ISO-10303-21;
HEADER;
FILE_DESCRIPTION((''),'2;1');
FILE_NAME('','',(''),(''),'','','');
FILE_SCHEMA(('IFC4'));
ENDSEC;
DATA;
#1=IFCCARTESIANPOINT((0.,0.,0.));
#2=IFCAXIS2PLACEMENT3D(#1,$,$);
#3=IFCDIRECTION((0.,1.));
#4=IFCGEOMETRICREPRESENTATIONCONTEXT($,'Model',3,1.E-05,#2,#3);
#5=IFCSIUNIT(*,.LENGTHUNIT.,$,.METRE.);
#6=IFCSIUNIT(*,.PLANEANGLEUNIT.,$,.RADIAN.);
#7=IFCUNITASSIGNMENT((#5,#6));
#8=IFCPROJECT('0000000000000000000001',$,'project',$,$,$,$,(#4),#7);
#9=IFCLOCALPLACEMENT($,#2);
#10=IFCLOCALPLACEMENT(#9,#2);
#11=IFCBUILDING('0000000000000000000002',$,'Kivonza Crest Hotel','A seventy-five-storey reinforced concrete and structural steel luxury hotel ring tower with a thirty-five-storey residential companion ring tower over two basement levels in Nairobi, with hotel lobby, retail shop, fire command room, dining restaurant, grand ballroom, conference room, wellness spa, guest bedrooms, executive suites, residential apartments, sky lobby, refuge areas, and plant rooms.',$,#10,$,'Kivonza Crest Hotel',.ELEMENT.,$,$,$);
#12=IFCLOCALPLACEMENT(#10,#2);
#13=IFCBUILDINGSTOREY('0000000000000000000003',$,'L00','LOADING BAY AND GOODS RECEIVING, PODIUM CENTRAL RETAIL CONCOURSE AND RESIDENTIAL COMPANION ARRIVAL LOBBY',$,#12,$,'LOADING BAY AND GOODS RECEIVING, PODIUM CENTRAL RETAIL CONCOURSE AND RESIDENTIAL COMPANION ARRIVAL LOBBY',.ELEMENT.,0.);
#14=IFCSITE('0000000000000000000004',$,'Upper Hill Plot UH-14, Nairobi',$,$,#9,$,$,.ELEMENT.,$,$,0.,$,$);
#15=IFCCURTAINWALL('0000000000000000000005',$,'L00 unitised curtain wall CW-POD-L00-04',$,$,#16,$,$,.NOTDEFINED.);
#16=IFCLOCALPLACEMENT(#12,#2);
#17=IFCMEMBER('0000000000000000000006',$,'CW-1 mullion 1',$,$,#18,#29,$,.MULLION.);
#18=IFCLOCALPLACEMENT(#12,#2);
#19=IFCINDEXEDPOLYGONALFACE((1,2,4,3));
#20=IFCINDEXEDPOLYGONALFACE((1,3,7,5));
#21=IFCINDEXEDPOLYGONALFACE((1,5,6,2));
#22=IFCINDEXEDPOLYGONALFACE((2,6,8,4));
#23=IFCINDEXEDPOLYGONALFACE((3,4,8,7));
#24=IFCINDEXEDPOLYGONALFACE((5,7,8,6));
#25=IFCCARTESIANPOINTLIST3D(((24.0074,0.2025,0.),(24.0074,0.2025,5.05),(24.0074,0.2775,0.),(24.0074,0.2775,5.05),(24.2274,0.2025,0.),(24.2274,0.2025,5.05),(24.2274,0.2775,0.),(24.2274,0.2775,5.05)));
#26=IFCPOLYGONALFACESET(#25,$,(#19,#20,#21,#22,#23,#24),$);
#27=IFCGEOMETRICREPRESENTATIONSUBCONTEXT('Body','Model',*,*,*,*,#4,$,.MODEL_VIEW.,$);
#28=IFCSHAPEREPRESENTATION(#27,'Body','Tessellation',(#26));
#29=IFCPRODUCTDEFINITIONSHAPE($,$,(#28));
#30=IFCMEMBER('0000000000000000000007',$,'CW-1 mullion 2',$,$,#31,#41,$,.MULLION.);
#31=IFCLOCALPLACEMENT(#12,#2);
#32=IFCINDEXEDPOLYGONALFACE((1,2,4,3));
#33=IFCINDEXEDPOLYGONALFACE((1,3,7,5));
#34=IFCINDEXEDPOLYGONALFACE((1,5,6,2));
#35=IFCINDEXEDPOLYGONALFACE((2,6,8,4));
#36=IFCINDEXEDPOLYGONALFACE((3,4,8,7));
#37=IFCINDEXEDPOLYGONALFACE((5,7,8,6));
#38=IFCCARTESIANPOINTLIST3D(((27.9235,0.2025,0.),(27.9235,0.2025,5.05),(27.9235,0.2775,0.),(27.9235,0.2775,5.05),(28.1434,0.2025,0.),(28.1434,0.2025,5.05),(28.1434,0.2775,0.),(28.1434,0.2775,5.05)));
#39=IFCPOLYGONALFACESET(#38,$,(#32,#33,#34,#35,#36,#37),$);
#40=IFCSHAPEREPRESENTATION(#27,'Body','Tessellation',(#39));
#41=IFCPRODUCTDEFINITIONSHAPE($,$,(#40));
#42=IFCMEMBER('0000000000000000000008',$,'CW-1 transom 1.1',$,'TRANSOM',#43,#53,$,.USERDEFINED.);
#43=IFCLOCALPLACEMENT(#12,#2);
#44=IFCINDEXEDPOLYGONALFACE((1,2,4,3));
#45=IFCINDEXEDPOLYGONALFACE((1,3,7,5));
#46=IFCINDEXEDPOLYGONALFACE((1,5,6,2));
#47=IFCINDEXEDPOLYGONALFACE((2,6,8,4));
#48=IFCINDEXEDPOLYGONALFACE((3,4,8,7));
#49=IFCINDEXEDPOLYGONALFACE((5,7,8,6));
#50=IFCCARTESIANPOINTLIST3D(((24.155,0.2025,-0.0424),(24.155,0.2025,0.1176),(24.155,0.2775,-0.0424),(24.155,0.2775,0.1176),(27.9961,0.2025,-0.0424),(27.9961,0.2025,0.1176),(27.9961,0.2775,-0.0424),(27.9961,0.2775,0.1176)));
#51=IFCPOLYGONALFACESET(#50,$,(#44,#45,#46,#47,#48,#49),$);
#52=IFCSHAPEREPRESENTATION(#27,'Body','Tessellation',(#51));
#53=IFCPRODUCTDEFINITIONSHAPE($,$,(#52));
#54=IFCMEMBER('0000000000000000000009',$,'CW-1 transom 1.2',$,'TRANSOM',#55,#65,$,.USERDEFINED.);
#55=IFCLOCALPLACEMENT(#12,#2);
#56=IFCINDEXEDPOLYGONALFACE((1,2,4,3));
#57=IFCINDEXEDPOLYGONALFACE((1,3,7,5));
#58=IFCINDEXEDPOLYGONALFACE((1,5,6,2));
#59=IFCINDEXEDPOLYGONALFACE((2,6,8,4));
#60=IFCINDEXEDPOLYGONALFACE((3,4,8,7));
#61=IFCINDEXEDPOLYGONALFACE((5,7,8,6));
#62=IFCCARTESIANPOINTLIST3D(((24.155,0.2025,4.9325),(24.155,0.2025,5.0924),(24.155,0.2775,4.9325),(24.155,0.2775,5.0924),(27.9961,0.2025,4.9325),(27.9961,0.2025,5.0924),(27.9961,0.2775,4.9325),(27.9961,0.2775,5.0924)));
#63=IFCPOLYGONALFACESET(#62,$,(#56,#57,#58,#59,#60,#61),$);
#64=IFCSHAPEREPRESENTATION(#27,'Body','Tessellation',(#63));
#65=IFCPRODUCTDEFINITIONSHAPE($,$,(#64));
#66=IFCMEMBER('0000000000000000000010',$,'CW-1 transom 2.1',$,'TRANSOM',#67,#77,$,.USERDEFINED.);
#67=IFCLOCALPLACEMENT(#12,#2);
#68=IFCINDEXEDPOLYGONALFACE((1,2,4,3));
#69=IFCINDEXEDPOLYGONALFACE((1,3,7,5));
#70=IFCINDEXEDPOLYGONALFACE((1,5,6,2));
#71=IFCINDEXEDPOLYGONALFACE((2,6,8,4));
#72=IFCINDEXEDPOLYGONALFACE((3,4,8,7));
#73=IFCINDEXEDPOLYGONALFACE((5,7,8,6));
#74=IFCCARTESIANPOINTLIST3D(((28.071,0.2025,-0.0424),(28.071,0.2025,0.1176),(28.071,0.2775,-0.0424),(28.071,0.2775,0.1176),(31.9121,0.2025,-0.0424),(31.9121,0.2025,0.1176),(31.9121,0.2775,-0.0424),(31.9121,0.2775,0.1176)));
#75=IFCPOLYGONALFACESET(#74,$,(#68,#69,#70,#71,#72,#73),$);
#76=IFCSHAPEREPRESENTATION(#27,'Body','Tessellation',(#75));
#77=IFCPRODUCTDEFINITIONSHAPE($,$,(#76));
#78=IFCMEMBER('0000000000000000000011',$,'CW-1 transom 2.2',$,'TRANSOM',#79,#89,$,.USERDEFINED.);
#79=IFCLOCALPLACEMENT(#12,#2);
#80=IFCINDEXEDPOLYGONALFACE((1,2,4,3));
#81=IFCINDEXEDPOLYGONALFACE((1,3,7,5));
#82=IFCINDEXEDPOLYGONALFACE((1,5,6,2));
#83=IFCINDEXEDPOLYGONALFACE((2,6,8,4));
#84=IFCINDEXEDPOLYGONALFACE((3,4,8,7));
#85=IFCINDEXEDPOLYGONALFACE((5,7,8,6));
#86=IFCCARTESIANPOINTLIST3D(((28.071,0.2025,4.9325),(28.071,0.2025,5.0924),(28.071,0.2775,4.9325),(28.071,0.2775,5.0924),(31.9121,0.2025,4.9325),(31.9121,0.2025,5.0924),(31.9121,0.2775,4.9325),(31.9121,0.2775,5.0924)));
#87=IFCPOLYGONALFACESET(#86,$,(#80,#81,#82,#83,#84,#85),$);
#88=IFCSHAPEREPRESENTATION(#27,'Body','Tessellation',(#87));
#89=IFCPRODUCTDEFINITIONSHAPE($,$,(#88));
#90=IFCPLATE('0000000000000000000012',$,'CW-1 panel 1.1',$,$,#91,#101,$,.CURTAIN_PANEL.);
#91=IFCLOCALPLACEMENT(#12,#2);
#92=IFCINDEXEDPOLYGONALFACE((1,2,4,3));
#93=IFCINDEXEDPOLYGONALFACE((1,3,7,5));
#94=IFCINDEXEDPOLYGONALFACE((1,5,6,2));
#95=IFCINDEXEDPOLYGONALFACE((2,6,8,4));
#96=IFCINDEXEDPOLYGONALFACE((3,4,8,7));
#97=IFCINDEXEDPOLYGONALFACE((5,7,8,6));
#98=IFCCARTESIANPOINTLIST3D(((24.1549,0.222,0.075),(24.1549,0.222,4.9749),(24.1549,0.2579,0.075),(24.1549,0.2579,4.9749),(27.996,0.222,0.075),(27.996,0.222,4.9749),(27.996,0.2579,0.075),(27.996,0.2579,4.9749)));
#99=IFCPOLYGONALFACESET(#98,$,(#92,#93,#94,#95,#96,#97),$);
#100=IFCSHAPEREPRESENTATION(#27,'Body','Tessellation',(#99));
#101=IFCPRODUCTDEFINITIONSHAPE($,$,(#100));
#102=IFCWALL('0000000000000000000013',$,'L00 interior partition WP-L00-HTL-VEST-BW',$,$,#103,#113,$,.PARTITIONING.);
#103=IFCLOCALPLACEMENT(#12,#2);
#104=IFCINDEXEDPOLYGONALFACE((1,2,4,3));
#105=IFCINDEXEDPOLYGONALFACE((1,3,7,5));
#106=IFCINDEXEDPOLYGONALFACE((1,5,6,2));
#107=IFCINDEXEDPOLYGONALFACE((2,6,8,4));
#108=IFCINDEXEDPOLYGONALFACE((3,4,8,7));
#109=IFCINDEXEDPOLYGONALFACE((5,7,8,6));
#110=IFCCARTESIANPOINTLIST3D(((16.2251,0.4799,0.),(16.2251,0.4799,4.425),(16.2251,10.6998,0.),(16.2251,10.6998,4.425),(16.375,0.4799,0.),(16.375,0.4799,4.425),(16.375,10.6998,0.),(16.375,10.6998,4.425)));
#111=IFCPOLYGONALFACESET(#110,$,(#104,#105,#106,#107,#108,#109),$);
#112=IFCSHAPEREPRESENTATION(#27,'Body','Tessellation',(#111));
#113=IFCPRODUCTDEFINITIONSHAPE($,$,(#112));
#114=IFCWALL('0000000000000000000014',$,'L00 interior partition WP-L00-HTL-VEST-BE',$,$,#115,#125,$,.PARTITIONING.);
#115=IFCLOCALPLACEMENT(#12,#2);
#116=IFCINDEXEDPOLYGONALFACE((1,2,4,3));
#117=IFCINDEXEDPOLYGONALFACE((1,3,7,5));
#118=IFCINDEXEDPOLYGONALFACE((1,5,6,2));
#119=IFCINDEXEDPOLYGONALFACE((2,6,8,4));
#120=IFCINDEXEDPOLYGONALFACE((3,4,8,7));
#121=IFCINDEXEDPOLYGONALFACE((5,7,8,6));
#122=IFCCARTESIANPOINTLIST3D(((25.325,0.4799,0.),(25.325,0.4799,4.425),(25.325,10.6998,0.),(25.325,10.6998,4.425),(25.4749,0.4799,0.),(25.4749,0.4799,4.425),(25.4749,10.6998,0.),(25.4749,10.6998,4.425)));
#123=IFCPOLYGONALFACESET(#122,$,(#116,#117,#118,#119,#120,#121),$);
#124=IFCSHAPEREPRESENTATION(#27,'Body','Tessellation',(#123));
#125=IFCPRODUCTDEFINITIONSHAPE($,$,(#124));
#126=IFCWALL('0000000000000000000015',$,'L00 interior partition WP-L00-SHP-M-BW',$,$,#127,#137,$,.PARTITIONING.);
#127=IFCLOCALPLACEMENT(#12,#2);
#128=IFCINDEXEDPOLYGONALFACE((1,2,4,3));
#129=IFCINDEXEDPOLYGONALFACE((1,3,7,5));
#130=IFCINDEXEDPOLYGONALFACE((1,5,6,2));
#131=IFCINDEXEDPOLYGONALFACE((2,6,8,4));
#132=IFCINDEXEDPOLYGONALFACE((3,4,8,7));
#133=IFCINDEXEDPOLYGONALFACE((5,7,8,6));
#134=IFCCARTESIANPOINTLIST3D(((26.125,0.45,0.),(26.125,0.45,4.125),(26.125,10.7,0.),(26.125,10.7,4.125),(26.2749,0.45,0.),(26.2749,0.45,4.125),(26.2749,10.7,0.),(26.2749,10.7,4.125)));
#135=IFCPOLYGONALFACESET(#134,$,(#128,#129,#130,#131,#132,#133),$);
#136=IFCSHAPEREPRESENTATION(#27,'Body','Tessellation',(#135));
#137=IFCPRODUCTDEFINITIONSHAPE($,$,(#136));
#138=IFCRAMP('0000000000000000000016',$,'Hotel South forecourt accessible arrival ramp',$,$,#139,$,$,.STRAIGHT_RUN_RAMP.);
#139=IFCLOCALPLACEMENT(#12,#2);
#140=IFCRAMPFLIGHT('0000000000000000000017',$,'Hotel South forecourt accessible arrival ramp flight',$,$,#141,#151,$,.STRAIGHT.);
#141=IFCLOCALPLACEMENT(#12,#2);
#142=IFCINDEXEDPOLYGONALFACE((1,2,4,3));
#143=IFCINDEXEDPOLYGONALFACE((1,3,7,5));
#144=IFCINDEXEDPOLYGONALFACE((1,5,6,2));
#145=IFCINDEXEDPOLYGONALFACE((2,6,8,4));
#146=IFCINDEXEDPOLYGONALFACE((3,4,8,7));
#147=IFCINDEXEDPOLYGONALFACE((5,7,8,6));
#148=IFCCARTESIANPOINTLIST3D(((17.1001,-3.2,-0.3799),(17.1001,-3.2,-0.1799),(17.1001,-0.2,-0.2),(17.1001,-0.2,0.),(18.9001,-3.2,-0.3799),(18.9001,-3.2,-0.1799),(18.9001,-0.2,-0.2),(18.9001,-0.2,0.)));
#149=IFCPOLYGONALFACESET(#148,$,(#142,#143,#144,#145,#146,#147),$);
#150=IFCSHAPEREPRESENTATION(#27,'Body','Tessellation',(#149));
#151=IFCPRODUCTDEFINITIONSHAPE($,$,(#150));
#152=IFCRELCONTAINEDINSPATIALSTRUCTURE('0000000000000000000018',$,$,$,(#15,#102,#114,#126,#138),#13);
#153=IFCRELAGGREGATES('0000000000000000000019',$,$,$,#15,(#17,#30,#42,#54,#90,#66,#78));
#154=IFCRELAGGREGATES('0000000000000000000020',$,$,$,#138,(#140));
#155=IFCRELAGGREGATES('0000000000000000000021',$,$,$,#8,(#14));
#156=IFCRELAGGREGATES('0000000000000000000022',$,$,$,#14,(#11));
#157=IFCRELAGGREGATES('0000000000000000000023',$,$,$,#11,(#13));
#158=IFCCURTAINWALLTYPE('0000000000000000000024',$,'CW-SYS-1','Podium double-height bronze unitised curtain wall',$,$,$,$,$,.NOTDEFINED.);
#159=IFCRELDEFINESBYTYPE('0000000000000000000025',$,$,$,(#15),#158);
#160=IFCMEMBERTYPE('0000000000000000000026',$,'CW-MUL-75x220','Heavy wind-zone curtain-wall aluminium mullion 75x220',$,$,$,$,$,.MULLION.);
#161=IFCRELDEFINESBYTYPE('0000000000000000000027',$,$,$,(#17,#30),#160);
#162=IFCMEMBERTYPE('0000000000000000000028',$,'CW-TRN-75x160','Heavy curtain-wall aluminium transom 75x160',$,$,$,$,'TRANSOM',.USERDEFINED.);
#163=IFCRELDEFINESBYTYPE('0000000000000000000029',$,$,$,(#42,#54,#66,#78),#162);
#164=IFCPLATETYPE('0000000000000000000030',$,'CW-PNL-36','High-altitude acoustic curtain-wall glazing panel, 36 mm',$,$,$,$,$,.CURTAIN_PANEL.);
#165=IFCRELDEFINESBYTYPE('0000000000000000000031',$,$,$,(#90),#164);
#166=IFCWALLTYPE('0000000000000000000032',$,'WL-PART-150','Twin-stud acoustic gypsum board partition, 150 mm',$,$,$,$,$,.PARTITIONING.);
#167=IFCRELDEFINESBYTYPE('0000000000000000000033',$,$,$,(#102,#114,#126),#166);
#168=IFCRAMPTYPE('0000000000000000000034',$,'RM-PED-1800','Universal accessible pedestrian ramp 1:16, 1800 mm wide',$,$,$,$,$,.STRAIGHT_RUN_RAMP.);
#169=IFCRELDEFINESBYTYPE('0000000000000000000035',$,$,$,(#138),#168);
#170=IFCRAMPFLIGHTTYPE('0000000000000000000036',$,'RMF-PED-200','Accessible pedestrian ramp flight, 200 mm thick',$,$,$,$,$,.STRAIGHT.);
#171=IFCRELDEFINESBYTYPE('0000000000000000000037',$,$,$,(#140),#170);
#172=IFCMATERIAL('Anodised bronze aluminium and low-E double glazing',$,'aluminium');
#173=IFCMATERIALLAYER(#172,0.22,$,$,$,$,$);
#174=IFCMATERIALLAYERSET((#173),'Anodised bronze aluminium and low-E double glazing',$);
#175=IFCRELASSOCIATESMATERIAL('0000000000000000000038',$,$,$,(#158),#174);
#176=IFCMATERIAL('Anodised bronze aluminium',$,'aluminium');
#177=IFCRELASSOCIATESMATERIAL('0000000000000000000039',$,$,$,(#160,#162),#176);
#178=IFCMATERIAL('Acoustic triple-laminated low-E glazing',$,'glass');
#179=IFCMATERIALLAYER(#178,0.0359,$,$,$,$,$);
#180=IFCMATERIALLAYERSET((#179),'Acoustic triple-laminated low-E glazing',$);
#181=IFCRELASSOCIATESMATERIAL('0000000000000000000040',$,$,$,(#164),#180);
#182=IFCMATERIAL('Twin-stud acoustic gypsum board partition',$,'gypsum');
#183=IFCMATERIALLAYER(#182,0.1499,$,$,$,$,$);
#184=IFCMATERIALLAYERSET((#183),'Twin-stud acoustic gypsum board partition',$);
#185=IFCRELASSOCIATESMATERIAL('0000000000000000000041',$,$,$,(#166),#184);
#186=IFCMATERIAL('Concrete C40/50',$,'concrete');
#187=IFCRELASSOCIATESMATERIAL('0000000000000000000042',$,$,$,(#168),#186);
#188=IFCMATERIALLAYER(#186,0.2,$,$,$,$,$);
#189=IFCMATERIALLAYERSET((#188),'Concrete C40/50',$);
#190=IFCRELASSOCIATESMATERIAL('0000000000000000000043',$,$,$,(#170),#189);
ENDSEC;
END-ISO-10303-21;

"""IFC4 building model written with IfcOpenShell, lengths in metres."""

from ifc_helpers import new_model, si_unit, direction, frame, frame_2d, origin, origin_2d, place, context, subcontext, project, spatial, polyline, rectangle, outline, extrude, material, layer, layer_set, material_profile, profile_set, type_object, element, aggregate, save


model = new_model("IFC4")

# Units and contexts
model_context = context("Model", 3, precision=1e-05, world=origin(), true_north=direction((0.0, 1.0)))
body_context = subcontext(model_context, "Body", "Model", "MODEL_VIEW")
ifc_project = project(units=[si_unit("LENGTHUNIT", "METRE"), si_unit("PLANEANGLEUNIT", "RADIAN")], contexts=[model_context])

# Site, building, storey
site_placement = place(None, origin())
site = spatial("IfcSite", under=ifc_project, at=site_placement, Name="Upper Hill Plot UH-14, Nairobi", CompositionType="ELEMENT", RefElevation=0.0)
building_placement = place(site_placement, origin())
building = spatial("IfcBuilding", under=site, at=building_placement, Name="Kivonza Crest Hotel", Description="A seventy-five-storey reinforced concrete and structural steel luxury hotel ring tower with a thirty-five-storey residential companion ring tower over two basement levels in Nairobi, with hotel lobby, retail shop, fire command room, dining restaurant, grand ballroom, conference room, wellness spa, guest bedrooms, executive suites, residential apartments, sky lobby, refuge areas, and plant rooms.", LongName="Kivonza Crest Hotel", CompositionType="ELEMENT")
storey_placement = place(building_placement, origin())
storey = spatial("IfcBuildingStorey", under=building, at=storey_placement, Name="L00", Description="LOADING BAY AND GOODS RECEIVING, PODIUM CENTRAL RETAIL CONCOURSE AND RESIDENTIAL COMPANION ARRIVAL LOBBY", LongName="LOADING BAY AND GOODS RECEIVING, PODIUM CENTRAL RETAIL CONCOURSE AND RESIDENTIAL COMPANION ARRIVAL LOBBY", CompositionType="ELEMENT", Elevation=0.0)

# Shared definitions
ifc_material_1 = material(Name="Concrete C40/50", Category="concrete")

# Curtain wall, members, plate
ifc_material_2 = material(Name="Anodised bronze aluminium and low-E double glazing", Category="aluminium")
ifc_layer_1 = layer(ifc_material_2, 0.22)
ifc_layer_set_1 = layer_set([ifc_layer_1], Name="Anodised bronze aluminium and low-E double glazing")
curtain_wall_type = type_object("IfcCurtainWallType", Name="CW-SYS-1", Description="Podium double-height bronze unitised curtain wall", PredefinedType="NOTDEFINED", material=ifc_layer_set_1)
curtain_wall_placement = place(storey_placement, origin())
curtain_wall = element("IfcCurtainWall", 1, at=curtain_wall_placement, inside=storey, type_object=curtain_wall_type, Name="L00 unitised curtain wall CW-POD-L00-04", PredefinedType="NOTDEFINED")
ifc_material_3 = material(Name="Anodised bronze aluminium", Category="aluminium")
ifc_material_profile_1 = material_profile(ifc_material_3, rectangle(XDim=0.075, YDim=0.22, at=origin_2d()), Name="CW-M 75x220")
ifc_profile_set_1 = profile_set([ifc_material_profile_1], Name="Anodised bronze aluminium")
member_type_1 = type_object("IfcMemberType", Name="CW-MUL-75x220", Description="Heavy wind-zone curtain-wall aluminium mullion 75x220", PredefinedType="MULLION", material=ifc_profile_set_1)
member_1_placement = place(storey_placement, frame((24.1174, 0.24, 0.0), z_axis=(0.0, 0.0, 1.0), x_axis=(0.0, 1.0, 0.0)))
member_1 = element("IfcMember", 2, at=member_1_placement, type_object=member_type_1, Name="CW-1 mullion 1", PredefinedType="MULLION", context=body_context, shape_type="SweptSolid", body=[
    extrude(rectangle(XDim=0.075, YDim=0.22, at=origin_2d()), origin(), (0.0, 0.0, 1.0), 5.05),
])
member_2_placement = place(storey_placement, frame((28.0334, 0.24, 0.0), z_axis=(0.0, 0.0, 1.0), x_axis=(0.0, 1.0, 0.0)))
member_2 = element("IfcMember", 3, at=member_2_placement, type_object=member_type_1, Name="CW-1 mullion 2", PredefinedType="MULLION", context=body_context, shape_type="SweptSolid", body=[
    extrude(rectangle(XDim=0.075, YDim=0.22, at=origin_2d()), origin(), (0.0, 0.0, 1.0), 5.05),
])
ifc_material_profile_2 = material_profile(ifc_material_3, rectangle(XDim=0.075, YDim=0.1599, at=origin_2d()), Name="CW-T 75x160")
ifc_profile_set_2 = profile_set([ifc_material_profile_2], Name="Anodised bronze aluminium")
member_type_2 = type_object("IfcMemberType", Name="CW-TRN-75x160", Description="Heavy curtain-wall aluminium transom 75x160", ElementType="TRANSOM", PredefinedType="USERDEFINED", material=ifc_profile_set_2)
member_3_placement = place(storey_placement, frame((24.155, 0.24, 0.0376), z_axis=(1.0, 0.0, 0.0), x_axis=(0.0, 1.0, 0.0)))
member_3 = element("IfcMember", 4, at=member_3_placement, type_object=member_type_2, Name="CW-1 transom 1.1", ObjectType="TRANSOM", PredefinedType="USERDEFINED", context=body_context, shape_type="SweptSolid", body=[
    extrude(rectangle(XDim=0.075, YDim=0.1599, at=origin_2d()), origin(), (0.0, 0.0, 1.0), 3.8411),
])
member_4_placement = place(storey_placement, frame((24.155, 0.24, 5.0125), z_axis=(1.0, 0.0, 0.0), x_axis=(0.0, 1.0, 0.0)))
member_4 = element("IfcMember", 5, at=member_4_placement, type_object=member_type_2, Name="CW-1 transom 1.2", ObjectType="TRANSOM", PredefinedType="USERDEFINED", context=body_context, shape_type="SweptSolid", body=[
    extrude(rectangle(XDim=0.075, YDim=0.1599, at=origin_2d()), origin(), (0.0, 0.0, 1.0), 3.8411),
])
member_5_placement = place(storey_placement, frame((28.071, 0.24, 0.0376), z_axis=(1.0, 0.0, 0.0), x_axis=(0.0, 1.0, 0.0)))
member_5 = element("IfcMember", 6, at=member_5_placement, type_object=member_type_2, Name="CW-1 transom 2.1", ObjectType="TRANSOM", PredefinedType="USERDEFINED", context=body_context, shape_type="SweptSolid", body=[
    extrude(rectangle(XDim=0.075, YDim=0.1599, at=origin_2d()), origin(), (0.0, 0.0, 1.0), 3.8411),
])
member_6_placement = place(storey_placement, frame((28.071, 0.24, 5.0125), z_axis=(1.0, 0.0, 0.0), x_axis=(0.0, 1.0, 0.0)))
member_6 = element("IfcMember", 7, at=member_6_placement, type_object=member_type_2, Name="CW-1 transom 2.2", ObjectType="TRANSOM", PredefinedType="USERDEFINED", context=body_context, shape_type="SweptSolid", body=[
    extrude(rectangle(XDim=0.075, YDim=0.1599, at=origin_2d()), origin(), (0.0, 0.0, 1.0), 3.8411),
])
ifc_material_4 = material(Name="Acoustic triple-laminated low-E glazing", Category="glass")
ifc_layer_2 = layer(ifc_material_4, 0.0359)
ifc_layer_set_2 = layer_set([ifc_layer_2], Name="Acoustic triple-laminated low-E glazing")
plate_type = type_object("IfcPlateType", Name="CW-PNL-36", Description="High-altitude acoustic curtain-wall glazing panel, 36 mm", PredefinedType="CURTAIN_PANEL", material=ifc_layer_set_2)
plate_placement = place(storey_placement, frame((26.0754, 0.24, 0.075), z_axis=(0.0, 0.0, 1.0), x_axis=(1.0, 0.0, 0.0)))
plate = element("IfcPlate", 8, at=plate_placement, type_object=plate_type, Name="CW-1 panel 1.1", PredefinedType="CURTAIN_PANEL", context=body_context, shape_type="SweptSolid", body=[
    extrude(rectangle(XDim=3.8411, YDim=0.0359, at=origin_2d()), origin(), (0.0, 0.0, 1.0), 4.8999),
])
aggregate(curtain_wall, [member_1, member_2, member_3, member_4, plate, member_5, member_6])

# Walls
ifc_material_5 = material(Name="Twin-stud acoustic gypsum board partition", Category="gypsum")
ifc_layer_3 = layer(ifc_material_5, 0.1499)
ifc_layer_set_3 = layer_set([ifc_layer_3], Name="Twin-stud acoustic gypsum board partition")
wall_type = type_object("IfcWallType", Name="WL-PART-150", Description="Twin-stud acoustic gypsum board partition, 150 mm", PredefinedType="PARTITIONING", material=ifc_layer_set_3)
for number, where, z_axis, x_axis, name in (
    (9, (16.3, 0.48, 0.0), (0.0, 0.0, 1.0), (0.0, 1.0, 0.0), "L00 interior partition WP-L00-HTL-VEST-BW"),
    (10, (25.3999, 0.48, 0.0), (0.0, 0.0, 1.0), (0.0, 1.0, 0.0), "L00 interior partition WP-L00-HTL-VEST-BE"),
):
    element("IfcWall", number, at=place(storey_placement, frame(where, z_axis=z_axis, x_axis=x_axis)), inside=storey, type_object=wall_type, Name=name, PredefinedType="PARTITIONING", context=body_context, shape_type="SweptSolid", body=[
        extrude(rectangle(XDim=10.22, YDim=0.1499, at=frame_2d((5.1099, 0.0))), origin(), (0.0, 0.0, 1.0), 4.425),
    ])
wall_placement = place(storey_placement, frame((26.2, 0.45, 0.0), z_axis=(0.0, 0.0, 1.0), x_axis=(0.0, 1.0, 0.0)))
element("IfcWall", 11, at=wall_placement, inside=storey, type_object=wall_type, Name="L00 interior partition WP-L00-SHP-M-BW", PredefinedType="PARTITIONING", context=body_context, shape_type="SweptSolid", body=[
    extrude(rectangle(XDim=10.25, YDim=0.1499, at=frame_2d((5.125, 0.0))), origin(), (0.0, 0.0, 1.0), 4.125),
])

# Ramp, ramp flight
ramp_type = type_object("IfcRampType", Name="RM-PED-1800", Description="Universal accessible pedestrian ramp 1:16, 1800 mm wide", PredefinedType="STRAIGHT_RUN_RAMP", material=ifc_material_1)
ramp_placement = place(storey_placement, origin())
ramp = element("IfcRamp", 12, at=ramp_placement, inside=storey, type_object=ramp_type, Name="Hotel South forecourt accessible arrival ramp", PredefinedType="STRAIGHT_RUN_RAMP")
ifc_layer_4 = layer(ifc_material_1, 0.2)
ifc_layer_set_4 = layer_set([ifc_layer_4], Name="Concrete C40/50")
ramp_flight_type = type_object("IfcRampFlightType", Name="RMF-PED-200", Description="Accessible pedestrian ramp flight, 200 mm thick", PredefinedType="STRAIGHT", material=ifc_layer_set_4)
ramp_flight_placement = place(storey_placement, frame((18.0, -3.2, -0.1799), z_axis=(0.0, 0.0, 1.0), x_axis=(0.0, 1.0, 0.0)))
ramp_flight = element("IfcRampFlight", 13, at=ramp_flight_placement, type_object=ramp_flight_type, Name="Hotel South forecourt accessible arrival ramp flight", PredefinedType="STRAIGHT", context=body_context, shape_type="SweptSolid", body=[
    extrude(outline(polyline([(0.0, 0.0), (3.0, 0.1799), (3.0, -0.02), (0.0, -0.2), (0.0, 0.0)])), frame((0.0, 0.8999, 0.0), z_axis=(0.0, -1.0, 0.0), x_axis=(1.0, 0.0, 0.0)), (0.0, 0.0, 1.0), 1.8),
])
aggregate(ramp, [ramp_flight])

save(model, "model.ifc")
